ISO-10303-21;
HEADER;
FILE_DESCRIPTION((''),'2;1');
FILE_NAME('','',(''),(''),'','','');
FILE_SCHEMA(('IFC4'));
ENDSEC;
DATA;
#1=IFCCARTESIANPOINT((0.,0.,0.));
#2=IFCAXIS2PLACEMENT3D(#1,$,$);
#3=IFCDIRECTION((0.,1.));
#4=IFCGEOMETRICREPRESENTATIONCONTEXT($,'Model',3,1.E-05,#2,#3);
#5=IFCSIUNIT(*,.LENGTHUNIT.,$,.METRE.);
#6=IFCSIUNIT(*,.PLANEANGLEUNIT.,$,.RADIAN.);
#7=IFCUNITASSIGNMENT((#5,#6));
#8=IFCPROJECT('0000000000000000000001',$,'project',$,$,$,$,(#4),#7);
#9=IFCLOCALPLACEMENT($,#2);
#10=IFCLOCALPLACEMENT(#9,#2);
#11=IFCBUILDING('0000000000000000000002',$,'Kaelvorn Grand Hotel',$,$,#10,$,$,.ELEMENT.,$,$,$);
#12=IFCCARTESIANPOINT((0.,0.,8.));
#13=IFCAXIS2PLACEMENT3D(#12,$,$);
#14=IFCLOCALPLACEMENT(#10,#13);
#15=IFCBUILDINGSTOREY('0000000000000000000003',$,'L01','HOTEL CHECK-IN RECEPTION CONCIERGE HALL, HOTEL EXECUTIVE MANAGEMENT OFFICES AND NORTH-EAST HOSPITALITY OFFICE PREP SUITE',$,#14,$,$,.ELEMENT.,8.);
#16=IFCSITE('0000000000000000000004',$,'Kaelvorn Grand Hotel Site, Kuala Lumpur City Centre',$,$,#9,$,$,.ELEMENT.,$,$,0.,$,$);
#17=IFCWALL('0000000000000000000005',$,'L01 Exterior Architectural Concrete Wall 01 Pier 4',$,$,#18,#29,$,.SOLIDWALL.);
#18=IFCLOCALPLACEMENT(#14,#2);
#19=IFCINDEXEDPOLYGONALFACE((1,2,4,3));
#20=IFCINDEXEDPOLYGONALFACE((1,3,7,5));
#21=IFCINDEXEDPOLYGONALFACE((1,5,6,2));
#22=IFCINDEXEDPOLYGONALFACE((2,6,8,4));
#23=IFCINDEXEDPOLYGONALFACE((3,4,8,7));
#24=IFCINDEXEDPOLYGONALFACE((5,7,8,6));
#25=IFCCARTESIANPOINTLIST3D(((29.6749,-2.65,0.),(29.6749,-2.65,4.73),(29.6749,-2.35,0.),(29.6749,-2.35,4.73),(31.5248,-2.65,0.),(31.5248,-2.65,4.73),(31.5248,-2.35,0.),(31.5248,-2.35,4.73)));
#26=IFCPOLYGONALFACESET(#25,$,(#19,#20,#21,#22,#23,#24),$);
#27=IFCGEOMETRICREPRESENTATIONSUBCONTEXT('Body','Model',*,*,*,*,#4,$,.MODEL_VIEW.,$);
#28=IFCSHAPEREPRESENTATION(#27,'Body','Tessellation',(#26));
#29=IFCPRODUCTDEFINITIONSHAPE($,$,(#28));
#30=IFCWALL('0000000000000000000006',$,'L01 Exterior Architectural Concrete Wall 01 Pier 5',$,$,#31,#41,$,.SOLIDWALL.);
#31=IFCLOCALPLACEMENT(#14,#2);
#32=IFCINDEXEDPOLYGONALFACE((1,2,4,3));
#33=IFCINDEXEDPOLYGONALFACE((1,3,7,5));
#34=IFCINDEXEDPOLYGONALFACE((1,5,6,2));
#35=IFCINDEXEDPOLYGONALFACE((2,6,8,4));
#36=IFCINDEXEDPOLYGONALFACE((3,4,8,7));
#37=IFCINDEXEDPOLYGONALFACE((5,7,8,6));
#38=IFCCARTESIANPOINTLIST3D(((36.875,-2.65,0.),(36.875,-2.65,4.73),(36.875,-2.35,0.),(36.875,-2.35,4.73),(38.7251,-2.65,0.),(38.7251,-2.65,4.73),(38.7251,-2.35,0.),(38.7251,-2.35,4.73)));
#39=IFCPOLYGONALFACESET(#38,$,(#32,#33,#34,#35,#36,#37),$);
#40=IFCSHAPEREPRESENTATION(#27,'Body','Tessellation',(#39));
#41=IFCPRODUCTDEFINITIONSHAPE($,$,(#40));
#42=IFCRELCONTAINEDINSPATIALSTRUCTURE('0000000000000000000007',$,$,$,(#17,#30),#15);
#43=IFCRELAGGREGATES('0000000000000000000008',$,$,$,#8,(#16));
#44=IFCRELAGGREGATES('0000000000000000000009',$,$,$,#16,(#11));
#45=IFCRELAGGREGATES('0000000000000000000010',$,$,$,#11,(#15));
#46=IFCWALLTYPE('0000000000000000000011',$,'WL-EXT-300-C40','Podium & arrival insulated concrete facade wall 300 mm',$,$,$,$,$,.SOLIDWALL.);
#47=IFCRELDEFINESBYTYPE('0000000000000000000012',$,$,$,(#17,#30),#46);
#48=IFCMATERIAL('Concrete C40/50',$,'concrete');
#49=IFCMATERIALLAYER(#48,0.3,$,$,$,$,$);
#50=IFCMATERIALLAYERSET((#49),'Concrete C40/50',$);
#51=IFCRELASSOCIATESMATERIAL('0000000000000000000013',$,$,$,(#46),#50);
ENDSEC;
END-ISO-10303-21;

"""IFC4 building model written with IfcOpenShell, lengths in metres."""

from ifc_helpers import new_model, si_unit, direction, frame, frame_2d, origin, place, context, subcontext, project, spatial, rectangle, extrude, material, layer, layer_set, type_object, element, save


model = new_model("IFC4")

# Units and contexts
model_context = context("Model", 3, precision=1e-05, world=origin(), true_north=direction((0.0, 1.0)))
body_context = subcontext(model_context, "Body", "Model", "MODEL_VIEW")
ifc_project = project(units=[si_unit("LENGTHUNIT", "METRE"), si_unit("PLANEANGLEUNIT", "RADIAN")], contexts=[model_context])

# Site, building, storey
site_placement = place(None, origin())
site = spatial("IfcSite", under=ifc_project, at=site_placement, Name="Kaelvorn Grand Hotel Site, Kuala Lumpur City Centre", CompositionType="ELEMENT", RefElevation=0.0)
building_placement = place(site_placement, origin())
building = spatial("IfcBuilding", under=site, at=building_placement, Name="Kaelvorn Grand Hotel", CompositionType="ELEMENT")
storey_placement = place(building_placement, frame((0.0, 0.0, 8.0)))
storey = spatial("IfcBuildingStorey", under=building, at=storey_placement, Name="L01", Description="HOTEL CHECK-IN RECEPTION CONCIERGE HALL, HOTEL EXECUTIVE MANAGEMENT OFFICES AND NORTH-EAST HOSPITALITY OFFICE PREP SUITE", CompositionType="ELEMENT", Elevation=8.0)

# Walls
ifc_material_1 = material(Name="Concrete C40/50", Category="concrete")
ifc_layer_1 = layer(ifc_material_1, 0.3)
ifc_layer_set_1 = layer_set([ifc_layer_1], Name="Concrete C40/50")
wall_type = type_object("IfcWallType", Name="WL-EXT-300-C40", Description="Podium & arrival insulated concrete facade wall 300 mm", PredefinedType="SOLIDWALL", material=ifc_layer_set_1)
wall_1_placement = place(storey_placement, frame((29.675, -2.5, 0.0), z_axis=(0.0, 0.0, 1.0), x_axis=(1.0, 0.0, 0.0)))
element("IfcWall", 1, at=wall_1_placement, inside=storey, type_object=wall_type, Name="L01 Exterior Architectural Concrete Wall 01 Pier 4", PredefinedType="SOLIDWALL", context=body_context, shape_type="SweptSolid", body=[
    extrude(rectangle(XDim=1.8499, YDim=0.3, at=frame_2d((0.9248, 0.0))), origin(), (0.0, 0.0, 1.0), 4.73),
])
wall_2_placement = place(storey_placement, frame((36.875, -2.5, 0.0), z_axis=(0.0, 0.0, 1.0), x_axis=(1.0, 0.0, 0.0)))
element("IfcWall", 2, at=wall_2_placement, inside=storey, type_object=wall_type, Name="L01 Exterior Architectural Concrete Wall 01 Pier 5", PredefinedType="SOLIDWALL", context=body_context, shape_type="SweptSolid", body=[
    extrude(rectangle(XDim=1.8501, YDim=0.3, at=frame_2d((0.925, 0.0))), origin(), (0.0, 0.0, 1.0), 4.73),
])

save(model, "model.ifc")
